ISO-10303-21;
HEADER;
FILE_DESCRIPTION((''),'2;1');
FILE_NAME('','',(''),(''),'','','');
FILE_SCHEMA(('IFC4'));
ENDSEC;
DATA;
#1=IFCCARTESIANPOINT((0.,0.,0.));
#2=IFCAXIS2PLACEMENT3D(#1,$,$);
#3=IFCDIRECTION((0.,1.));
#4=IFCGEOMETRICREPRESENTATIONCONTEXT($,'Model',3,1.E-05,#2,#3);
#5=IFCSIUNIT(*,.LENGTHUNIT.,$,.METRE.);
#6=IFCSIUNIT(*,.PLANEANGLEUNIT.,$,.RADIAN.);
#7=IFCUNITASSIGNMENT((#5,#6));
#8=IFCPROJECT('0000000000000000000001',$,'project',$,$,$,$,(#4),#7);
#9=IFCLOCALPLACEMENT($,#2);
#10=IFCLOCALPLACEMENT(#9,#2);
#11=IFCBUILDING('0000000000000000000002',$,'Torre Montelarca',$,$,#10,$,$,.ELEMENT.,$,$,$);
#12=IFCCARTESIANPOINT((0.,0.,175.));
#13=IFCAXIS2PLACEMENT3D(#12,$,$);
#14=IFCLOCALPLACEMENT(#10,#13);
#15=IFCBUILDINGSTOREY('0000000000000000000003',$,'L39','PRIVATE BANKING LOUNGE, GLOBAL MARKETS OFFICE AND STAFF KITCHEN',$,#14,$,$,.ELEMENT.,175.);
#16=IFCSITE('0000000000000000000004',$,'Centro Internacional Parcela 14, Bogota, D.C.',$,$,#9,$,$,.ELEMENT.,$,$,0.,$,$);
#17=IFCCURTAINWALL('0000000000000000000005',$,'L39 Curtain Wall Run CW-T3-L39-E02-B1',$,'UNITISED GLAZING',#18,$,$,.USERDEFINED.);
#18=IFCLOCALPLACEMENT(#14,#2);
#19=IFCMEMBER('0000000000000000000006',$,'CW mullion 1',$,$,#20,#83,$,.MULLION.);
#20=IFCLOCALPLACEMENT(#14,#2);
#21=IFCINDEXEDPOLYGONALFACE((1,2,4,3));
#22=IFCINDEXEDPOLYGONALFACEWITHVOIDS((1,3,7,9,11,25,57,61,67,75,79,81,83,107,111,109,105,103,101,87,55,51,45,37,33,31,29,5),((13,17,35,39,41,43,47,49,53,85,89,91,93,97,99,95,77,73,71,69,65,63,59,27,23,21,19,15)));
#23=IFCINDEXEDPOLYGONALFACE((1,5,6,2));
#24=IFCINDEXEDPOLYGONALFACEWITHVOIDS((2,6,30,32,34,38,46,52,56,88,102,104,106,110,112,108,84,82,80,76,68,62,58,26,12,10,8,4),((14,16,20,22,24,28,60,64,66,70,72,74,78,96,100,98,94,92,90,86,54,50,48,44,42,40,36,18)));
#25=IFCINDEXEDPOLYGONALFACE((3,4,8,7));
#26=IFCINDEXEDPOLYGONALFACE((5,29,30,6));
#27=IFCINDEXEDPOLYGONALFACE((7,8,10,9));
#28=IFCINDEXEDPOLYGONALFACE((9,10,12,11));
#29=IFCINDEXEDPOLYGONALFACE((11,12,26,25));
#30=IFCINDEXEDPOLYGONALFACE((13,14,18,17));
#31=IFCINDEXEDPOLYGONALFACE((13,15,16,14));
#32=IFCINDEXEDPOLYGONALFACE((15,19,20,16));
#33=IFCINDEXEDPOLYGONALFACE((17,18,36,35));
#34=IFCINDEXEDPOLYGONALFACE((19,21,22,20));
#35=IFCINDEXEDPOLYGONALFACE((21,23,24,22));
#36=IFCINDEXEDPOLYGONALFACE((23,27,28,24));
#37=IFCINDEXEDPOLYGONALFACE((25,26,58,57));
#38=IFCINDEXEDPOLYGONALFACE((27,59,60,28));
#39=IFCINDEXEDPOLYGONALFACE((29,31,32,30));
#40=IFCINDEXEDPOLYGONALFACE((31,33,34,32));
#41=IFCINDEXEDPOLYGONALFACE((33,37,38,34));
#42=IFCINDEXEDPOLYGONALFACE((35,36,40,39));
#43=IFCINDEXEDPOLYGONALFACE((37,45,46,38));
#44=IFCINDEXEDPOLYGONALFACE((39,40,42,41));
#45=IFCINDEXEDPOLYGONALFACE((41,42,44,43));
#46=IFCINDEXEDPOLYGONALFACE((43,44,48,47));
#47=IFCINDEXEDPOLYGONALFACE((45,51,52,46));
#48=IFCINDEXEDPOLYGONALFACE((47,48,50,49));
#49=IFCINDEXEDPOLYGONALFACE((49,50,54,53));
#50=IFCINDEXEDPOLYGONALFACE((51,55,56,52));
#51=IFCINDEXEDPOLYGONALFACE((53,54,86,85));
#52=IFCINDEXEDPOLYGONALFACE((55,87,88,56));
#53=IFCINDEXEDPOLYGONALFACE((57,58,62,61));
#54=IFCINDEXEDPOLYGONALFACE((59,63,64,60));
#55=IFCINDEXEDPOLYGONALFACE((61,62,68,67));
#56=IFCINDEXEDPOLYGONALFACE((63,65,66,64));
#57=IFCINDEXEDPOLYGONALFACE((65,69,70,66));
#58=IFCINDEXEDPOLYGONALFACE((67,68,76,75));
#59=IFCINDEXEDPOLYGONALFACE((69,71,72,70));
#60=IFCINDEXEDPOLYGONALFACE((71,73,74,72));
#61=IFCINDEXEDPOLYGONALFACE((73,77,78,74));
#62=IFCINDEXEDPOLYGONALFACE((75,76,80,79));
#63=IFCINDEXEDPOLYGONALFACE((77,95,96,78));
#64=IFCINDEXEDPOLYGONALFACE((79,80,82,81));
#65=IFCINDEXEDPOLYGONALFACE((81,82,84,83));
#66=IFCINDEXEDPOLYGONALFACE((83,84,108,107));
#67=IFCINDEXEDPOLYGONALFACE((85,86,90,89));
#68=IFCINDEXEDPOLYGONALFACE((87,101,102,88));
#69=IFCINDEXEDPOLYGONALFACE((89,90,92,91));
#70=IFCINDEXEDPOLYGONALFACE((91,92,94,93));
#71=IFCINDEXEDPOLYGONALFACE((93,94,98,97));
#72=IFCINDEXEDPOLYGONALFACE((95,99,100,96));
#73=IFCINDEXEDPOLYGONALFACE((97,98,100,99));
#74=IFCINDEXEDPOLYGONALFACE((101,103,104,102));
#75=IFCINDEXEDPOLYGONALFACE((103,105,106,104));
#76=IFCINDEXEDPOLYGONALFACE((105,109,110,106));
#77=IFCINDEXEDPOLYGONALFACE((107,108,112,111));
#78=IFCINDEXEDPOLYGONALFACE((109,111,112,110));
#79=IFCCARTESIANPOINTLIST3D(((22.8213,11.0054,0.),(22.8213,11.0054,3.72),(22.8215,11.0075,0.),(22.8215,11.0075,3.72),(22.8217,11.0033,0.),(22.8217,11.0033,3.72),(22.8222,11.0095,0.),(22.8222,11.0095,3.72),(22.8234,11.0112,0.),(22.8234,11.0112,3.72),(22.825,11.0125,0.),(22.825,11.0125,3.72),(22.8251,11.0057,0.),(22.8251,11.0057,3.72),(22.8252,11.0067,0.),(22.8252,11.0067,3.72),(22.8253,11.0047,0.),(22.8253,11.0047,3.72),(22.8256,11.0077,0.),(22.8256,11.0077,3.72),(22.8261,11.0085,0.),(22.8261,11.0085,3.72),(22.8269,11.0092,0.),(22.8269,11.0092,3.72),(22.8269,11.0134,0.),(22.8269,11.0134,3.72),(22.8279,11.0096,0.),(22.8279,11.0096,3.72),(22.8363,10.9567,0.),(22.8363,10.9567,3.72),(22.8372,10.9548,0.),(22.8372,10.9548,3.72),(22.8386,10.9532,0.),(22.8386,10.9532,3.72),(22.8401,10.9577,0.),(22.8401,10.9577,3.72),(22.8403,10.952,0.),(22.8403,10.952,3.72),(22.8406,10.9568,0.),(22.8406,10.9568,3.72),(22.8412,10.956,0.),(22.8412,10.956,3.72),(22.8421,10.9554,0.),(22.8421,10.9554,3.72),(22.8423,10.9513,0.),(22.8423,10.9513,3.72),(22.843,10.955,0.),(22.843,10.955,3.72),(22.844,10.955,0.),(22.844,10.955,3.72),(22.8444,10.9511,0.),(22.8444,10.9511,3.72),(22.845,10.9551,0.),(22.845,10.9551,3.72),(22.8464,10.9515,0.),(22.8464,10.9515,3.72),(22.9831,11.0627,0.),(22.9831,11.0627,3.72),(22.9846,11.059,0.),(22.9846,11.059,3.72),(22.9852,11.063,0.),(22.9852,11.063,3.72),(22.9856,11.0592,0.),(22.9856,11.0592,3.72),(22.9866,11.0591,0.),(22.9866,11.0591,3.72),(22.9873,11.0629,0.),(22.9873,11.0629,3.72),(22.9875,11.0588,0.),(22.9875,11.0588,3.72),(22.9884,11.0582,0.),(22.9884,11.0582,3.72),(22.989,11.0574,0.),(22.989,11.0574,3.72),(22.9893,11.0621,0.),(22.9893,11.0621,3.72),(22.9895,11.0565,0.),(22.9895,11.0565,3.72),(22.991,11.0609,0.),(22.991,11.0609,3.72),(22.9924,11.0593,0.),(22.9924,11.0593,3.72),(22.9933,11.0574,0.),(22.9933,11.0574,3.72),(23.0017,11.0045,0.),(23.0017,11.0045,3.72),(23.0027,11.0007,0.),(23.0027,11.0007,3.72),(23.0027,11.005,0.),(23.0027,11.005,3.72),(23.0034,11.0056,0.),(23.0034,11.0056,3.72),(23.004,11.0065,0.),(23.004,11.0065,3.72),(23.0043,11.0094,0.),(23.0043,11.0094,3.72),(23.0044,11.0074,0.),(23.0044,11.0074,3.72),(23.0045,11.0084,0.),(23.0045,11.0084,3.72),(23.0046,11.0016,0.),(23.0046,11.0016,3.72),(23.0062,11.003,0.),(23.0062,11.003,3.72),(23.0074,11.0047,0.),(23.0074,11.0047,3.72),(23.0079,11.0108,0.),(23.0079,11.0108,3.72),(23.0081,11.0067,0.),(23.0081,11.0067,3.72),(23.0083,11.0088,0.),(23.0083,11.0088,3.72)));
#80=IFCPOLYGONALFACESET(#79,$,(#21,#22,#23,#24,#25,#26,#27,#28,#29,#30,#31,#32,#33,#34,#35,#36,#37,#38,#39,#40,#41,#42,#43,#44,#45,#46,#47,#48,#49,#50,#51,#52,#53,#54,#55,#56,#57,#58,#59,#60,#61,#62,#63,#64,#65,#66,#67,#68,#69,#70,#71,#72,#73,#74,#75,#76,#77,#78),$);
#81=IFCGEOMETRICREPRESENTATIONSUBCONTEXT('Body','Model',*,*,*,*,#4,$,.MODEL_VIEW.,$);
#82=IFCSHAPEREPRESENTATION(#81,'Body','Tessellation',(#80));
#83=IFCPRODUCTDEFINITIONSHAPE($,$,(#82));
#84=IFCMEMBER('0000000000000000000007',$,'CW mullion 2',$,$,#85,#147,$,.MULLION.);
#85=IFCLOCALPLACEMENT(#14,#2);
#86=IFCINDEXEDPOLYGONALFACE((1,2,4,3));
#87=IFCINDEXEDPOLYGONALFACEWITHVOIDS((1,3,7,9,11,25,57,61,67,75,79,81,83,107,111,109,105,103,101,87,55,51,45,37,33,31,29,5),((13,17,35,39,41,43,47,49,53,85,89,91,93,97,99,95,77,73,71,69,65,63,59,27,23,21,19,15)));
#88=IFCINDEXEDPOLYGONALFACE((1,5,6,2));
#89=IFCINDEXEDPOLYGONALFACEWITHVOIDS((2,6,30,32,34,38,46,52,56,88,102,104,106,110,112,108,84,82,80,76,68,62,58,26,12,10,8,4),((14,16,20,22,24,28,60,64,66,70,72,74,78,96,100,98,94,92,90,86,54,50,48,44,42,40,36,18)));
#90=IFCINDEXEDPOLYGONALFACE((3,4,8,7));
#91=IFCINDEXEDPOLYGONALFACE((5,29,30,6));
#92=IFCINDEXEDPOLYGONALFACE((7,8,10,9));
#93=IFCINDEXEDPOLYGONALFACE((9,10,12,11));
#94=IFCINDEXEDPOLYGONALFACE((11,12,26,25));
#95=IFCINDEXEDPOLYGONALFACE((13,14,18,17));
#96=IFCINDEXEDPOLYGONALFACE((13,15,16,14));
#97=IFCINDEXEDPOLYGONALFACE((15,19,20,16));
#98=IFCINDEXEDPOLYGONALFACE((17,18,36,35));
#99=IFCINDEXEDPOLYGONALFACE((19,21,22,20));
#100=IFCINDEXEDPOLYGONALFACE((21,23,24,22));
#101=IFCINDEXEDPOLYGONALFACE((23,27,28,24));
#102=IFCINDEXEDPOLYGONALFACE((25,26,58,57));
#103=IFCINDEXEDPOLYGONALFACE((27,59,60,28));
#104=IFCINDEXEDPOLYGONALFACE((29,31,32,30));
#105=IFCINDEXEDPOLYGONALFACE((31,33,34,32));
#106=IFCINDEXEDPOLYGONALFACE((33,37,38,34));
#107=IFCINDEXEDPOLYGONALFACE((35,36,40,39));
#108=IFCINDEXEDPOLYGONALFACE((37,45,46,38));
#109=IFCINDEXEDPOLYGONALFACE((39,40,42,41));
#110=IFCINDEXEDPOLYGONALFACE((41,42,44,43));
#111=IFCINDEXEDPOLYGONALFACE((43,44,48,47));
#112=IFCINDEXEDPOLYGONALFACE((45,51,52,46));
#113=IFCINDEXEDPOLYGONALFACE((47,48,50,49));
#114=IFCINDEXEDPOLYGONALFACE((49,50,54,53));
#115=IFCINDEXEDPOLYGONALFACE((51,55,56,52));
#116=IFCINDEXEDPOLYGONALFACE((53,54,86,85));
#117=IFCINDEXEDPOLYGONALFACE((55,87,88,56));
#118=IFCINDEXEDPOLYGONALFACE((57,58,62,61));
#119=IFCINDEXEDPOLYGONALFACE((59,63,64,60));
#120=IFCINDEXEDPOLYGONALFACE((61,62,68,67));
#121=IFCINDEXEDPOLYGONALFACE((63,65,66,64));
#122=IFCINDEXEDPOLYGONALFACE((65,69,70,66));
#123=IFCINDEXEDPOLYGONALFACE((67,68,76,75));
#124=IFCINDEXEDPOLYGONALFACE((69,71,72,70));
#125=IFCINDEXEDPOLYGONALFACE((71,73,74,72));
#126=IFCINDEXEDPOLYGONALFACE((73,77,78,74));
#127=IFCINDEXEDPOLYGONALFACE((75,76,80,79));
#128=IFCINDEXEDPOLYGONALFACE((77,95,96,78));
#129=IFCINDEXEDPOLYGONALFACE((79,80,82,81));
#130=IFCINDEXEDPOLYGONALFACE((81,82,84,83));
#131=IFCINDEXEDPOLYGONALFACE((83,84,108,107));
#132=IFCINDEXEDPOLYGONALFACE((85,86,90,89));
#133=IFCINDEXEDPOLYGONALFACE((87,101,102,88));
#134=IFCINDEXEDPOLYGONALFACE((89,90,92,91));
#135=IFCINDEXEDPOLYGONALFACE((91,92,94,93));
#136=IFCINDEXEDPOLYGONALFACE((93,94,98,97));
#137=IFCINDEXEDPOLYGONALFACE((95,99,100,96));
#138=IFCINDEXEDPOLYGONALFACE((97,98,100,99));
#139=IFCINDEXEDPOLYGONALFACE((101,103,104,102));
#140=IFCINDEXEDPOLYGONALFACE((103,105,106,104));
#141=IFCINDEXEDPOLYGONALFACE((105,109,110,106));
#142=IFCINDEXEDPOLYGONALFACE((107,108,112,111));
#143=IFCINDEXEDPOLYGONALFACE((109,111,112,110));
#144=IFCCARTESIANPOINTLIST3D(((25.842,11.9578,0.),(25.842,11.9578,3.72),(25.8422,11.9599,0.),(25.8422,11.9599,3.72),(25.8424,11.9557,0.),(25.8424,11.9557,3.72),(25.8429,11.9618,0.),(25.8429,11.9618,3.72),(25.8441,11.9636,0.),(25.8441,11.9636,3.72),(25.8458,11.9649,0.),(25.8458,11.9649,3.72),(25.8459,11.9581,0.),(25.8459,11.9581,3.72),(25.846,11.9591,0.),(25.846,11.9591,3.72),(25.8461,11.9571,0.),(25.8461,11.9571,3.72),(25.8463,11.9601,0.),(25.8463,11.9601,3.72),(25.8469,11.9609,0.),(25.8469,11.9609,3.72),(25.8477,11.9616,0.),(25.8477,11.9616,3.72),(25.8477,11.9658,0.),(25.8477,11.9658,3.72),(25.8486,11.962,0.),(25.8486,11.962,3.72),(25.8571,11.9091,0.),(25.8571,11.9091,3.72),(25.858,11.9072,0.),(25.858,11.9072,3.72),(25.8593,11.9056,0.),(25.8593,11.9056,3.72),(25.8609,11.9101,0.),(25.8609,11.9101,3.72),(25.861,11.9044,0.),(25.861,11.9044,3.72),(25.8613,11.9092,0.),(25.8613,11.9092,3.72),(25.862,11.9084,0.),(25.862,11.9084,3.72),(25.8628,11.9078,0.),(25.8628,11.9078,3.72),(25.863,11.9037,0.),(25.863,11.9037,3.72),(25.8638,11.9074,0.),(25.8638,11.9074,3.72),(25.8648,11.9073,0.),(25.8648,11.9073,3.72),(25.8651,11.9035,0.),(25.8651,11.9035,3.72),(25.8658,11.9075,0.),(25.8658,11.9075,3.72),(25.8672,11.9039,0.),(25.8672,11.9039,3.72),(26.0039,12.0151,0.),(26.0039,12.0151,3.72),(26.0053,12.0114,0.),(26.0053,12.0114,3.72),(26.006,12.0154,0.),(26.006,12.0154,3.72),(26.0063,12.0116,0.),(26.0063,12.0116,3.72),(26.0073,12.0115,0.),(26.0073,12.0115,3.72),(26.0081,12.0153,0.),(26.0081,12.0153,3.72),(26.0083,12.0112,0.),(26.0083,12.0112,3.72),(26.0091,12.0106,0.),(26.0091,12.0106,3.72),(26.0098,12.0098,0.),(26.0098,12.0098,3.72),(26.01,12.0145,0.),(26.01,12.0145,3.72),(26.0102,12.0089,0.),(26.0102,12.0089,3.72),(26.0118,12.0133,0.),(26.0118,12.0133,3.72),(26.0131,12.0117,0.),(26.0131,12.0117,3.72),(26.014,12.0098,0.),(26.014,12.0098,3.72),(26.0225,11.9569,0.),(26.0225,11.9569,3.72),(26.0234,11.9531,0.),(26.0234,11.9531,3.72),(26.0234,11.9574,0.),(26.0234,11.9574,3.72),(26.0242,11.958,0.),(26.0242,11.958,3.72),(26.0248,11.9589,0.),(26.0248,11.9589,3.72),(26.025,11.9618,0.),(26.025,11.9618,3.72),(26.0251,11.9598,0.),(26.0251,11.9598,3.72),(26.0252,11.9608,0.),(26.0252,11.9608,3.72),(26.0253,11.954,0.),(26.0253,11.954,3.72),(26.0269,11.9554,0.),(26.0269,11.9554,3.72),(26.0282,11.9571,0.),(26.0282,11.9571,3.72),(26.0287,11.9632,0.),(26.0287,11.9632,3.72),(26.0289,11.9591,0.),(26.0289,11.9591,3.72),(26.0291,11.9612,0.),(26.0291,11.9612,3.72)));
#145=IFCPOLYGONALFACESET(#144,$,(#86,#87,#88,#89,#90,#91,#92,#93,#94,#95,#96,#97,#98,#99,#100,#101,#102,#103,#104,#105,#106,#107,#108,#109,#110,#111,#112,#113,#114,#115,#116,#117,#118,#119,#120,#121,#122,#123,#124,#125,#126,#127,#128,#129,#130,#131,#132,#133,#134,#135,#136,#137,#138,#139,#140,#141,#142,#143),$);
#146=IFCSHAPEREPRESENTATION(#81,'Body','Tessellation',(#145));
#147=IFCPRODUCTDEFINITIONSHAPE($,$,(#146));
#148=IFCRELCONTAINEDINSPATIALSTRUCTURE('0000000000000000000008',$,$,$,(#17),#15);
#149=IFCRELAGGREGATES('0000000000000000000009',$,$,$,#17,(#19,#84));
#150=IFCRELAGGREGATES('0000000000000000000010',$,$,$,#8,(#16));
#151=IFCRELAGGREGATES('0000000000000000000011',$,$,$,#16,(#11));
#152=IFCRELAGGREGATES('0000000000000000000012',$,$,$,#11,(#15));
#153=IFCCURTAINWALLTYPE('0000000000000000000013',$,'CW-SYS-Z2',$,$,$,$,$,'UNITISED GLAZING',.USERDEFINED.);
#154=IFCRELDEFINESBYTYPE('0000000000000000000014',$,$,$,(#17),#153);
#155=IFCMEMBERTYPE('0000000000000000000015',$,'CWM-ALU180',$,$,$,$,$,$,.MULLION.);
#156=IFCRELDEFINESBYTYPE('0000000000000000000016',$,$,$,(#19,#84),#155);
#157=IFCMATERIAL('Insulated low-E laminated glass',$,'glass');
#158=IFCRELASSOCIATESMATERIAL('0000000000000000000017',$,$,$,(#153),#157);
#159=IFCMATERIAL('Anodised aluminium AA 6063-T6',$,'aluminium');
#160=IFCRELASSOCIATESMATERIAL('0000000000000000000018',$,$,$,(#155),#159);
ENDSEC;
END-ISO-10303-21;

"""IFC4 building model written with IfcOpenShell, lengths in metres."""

from ifc_helpers import new_model, si_unit, direction, frame, origin, origin_2d, place, context, subcontext, project, spatial, hollow_rectangle, extrude, source, transform, mapped, material, material_profile, profile_set, type_object, element, aggregate, save


model = new_model("IFC4")

# Units and contexts
model_context = context("Model", 3, precision=1e-05, world=origin(), true_north=direction((0.0, 1.0)))
body_context = subcontext(model_context, "Body", "Model", "MODEL_VIEW")
ifc_project = project(units=[si_unit("LENGTHUNIT", "METRE"), si_unit("PLANEANGLEUNIT", "RADIAN")], contexts=[model_context])

# Site, building, storey
site_placement = place(None, origin())
site = spatial("IfcSite", under=ifc_project, at=site_placement, Name="Centro Internacional Parcela 14, Bogota, D.C.", CompositionType="ELEMENT", RefElevation=0.0)
building_placement = place(site_placement, origin())
building = spatial("IfcBuilding", under=site, at=building_placement, Name="Torre Montelarca", CompositionType="ELEMENT")
storey_placement = place(building_placement, frame((0.0, 0.0, 175.0)))
storey = spatial("IfcBuildingStorey", under=building, at=storey_placement, Name="L39", Description="PRIVATE BANKING LOUNGE, GLOBAL MARKETS OFFICE AND STAFF KITCHEN", CompositionType="ELEMENT", Elevation=175.0)

# Curtain wall
ifc_material_1 = material(Name="Insulated low-E laminated glass", Category="glass")
curtain_wall_type = type_object("IfcCurtainWallType", Name="CW-SYS-Z2", ElementType="UNITISED GLAZING", PredefinedType="USERDEFINED", material=ifc_material_1)
curtain_wall_1_placement = place(storey_placement, origin())
curtain_wall_1 = element("IfcCurtainWall", 1, at=curtain_wall_1_placement, inside=storey, type_object=curtain_wall_type, Name="L39 Curtain Wall Run CW-T3-L39-E02-B1", ObjectType="UNITISED GLAZING", PredefinedType="USERDEFINED")
ifc_material_2 = material(Name="Anodised aluminium AA 6063-T6", Category="aluminium")
ifc_material_profile_1 = material_profile(ifc_material_2, hollow_rectangle(XDim=0.0649, YDim=0.1799, WallThickness=0.0039, InnerFilletRadius=0.0039, OuterFilletRadius=0.0081, at=origin_2d()), Name="ALU65X180X4", Category="aluminium")
ifc_profile_set_1 = profile_set([ifc_material_profile_1], Name="Anodised aluminium AA 6063-T6")
member_type_1 = type_object("IfcMemberType", Name="CWM-ALU180", PredefinedType="MULLION", material=ifc_profile_set_1)
shared_shape_1 = source(origin(), body_context, "Body", "SweptSolid", [
    extrude(hollow_rectangle(XDim=0.0649, YDim=0.1799, WallThickness=0.0039, InnerFilletRadius=0.0039, OuterFilletRadius=0.0081, at=origin_2d()), origin(), (0.0, 0.0, 1.0), 3.72),
])

# Members
member_1_placement = place(storey_placement, frame((22.9148, 11.0071, 0.0), z_axis=(0.0, 0.0, 1.0), x_axis=(-0.300703, 0.953718, 0.0)))
member_1 = element("IfcMember", 2, at=member_1_placement, type_object=member_type_1, Name="CW mullion 1", PredefinedType="MULLION", context=body_context, shape_type="MappedRepresentation", body=[
    mapped(shared_shape_1, transform((0.0, 0.0, 0.0), scale=1.0)),
])
member_2_placement = place(storey_placement, frame((25.9355, 11.9595, 0.0), z_axis=(0.0, 0.0, 1.0), x_axis=(-0.300703, 0.953718, 0.0)))
member_2 = element("IfcMember", 3, at=member_2_placement, type_object=member_type_1, Name="CW mullion 2", PredefinedType="MULLION", context=body_context, shape_type="MappedRepresentation", body=[
    mapped(shared_shape_1, transform((0.0, 0.0, 0.0), scale=1.0)),
])

aggregate(curtain_wall_1, [member_1, member_2])

save(model, "model.ifc")
